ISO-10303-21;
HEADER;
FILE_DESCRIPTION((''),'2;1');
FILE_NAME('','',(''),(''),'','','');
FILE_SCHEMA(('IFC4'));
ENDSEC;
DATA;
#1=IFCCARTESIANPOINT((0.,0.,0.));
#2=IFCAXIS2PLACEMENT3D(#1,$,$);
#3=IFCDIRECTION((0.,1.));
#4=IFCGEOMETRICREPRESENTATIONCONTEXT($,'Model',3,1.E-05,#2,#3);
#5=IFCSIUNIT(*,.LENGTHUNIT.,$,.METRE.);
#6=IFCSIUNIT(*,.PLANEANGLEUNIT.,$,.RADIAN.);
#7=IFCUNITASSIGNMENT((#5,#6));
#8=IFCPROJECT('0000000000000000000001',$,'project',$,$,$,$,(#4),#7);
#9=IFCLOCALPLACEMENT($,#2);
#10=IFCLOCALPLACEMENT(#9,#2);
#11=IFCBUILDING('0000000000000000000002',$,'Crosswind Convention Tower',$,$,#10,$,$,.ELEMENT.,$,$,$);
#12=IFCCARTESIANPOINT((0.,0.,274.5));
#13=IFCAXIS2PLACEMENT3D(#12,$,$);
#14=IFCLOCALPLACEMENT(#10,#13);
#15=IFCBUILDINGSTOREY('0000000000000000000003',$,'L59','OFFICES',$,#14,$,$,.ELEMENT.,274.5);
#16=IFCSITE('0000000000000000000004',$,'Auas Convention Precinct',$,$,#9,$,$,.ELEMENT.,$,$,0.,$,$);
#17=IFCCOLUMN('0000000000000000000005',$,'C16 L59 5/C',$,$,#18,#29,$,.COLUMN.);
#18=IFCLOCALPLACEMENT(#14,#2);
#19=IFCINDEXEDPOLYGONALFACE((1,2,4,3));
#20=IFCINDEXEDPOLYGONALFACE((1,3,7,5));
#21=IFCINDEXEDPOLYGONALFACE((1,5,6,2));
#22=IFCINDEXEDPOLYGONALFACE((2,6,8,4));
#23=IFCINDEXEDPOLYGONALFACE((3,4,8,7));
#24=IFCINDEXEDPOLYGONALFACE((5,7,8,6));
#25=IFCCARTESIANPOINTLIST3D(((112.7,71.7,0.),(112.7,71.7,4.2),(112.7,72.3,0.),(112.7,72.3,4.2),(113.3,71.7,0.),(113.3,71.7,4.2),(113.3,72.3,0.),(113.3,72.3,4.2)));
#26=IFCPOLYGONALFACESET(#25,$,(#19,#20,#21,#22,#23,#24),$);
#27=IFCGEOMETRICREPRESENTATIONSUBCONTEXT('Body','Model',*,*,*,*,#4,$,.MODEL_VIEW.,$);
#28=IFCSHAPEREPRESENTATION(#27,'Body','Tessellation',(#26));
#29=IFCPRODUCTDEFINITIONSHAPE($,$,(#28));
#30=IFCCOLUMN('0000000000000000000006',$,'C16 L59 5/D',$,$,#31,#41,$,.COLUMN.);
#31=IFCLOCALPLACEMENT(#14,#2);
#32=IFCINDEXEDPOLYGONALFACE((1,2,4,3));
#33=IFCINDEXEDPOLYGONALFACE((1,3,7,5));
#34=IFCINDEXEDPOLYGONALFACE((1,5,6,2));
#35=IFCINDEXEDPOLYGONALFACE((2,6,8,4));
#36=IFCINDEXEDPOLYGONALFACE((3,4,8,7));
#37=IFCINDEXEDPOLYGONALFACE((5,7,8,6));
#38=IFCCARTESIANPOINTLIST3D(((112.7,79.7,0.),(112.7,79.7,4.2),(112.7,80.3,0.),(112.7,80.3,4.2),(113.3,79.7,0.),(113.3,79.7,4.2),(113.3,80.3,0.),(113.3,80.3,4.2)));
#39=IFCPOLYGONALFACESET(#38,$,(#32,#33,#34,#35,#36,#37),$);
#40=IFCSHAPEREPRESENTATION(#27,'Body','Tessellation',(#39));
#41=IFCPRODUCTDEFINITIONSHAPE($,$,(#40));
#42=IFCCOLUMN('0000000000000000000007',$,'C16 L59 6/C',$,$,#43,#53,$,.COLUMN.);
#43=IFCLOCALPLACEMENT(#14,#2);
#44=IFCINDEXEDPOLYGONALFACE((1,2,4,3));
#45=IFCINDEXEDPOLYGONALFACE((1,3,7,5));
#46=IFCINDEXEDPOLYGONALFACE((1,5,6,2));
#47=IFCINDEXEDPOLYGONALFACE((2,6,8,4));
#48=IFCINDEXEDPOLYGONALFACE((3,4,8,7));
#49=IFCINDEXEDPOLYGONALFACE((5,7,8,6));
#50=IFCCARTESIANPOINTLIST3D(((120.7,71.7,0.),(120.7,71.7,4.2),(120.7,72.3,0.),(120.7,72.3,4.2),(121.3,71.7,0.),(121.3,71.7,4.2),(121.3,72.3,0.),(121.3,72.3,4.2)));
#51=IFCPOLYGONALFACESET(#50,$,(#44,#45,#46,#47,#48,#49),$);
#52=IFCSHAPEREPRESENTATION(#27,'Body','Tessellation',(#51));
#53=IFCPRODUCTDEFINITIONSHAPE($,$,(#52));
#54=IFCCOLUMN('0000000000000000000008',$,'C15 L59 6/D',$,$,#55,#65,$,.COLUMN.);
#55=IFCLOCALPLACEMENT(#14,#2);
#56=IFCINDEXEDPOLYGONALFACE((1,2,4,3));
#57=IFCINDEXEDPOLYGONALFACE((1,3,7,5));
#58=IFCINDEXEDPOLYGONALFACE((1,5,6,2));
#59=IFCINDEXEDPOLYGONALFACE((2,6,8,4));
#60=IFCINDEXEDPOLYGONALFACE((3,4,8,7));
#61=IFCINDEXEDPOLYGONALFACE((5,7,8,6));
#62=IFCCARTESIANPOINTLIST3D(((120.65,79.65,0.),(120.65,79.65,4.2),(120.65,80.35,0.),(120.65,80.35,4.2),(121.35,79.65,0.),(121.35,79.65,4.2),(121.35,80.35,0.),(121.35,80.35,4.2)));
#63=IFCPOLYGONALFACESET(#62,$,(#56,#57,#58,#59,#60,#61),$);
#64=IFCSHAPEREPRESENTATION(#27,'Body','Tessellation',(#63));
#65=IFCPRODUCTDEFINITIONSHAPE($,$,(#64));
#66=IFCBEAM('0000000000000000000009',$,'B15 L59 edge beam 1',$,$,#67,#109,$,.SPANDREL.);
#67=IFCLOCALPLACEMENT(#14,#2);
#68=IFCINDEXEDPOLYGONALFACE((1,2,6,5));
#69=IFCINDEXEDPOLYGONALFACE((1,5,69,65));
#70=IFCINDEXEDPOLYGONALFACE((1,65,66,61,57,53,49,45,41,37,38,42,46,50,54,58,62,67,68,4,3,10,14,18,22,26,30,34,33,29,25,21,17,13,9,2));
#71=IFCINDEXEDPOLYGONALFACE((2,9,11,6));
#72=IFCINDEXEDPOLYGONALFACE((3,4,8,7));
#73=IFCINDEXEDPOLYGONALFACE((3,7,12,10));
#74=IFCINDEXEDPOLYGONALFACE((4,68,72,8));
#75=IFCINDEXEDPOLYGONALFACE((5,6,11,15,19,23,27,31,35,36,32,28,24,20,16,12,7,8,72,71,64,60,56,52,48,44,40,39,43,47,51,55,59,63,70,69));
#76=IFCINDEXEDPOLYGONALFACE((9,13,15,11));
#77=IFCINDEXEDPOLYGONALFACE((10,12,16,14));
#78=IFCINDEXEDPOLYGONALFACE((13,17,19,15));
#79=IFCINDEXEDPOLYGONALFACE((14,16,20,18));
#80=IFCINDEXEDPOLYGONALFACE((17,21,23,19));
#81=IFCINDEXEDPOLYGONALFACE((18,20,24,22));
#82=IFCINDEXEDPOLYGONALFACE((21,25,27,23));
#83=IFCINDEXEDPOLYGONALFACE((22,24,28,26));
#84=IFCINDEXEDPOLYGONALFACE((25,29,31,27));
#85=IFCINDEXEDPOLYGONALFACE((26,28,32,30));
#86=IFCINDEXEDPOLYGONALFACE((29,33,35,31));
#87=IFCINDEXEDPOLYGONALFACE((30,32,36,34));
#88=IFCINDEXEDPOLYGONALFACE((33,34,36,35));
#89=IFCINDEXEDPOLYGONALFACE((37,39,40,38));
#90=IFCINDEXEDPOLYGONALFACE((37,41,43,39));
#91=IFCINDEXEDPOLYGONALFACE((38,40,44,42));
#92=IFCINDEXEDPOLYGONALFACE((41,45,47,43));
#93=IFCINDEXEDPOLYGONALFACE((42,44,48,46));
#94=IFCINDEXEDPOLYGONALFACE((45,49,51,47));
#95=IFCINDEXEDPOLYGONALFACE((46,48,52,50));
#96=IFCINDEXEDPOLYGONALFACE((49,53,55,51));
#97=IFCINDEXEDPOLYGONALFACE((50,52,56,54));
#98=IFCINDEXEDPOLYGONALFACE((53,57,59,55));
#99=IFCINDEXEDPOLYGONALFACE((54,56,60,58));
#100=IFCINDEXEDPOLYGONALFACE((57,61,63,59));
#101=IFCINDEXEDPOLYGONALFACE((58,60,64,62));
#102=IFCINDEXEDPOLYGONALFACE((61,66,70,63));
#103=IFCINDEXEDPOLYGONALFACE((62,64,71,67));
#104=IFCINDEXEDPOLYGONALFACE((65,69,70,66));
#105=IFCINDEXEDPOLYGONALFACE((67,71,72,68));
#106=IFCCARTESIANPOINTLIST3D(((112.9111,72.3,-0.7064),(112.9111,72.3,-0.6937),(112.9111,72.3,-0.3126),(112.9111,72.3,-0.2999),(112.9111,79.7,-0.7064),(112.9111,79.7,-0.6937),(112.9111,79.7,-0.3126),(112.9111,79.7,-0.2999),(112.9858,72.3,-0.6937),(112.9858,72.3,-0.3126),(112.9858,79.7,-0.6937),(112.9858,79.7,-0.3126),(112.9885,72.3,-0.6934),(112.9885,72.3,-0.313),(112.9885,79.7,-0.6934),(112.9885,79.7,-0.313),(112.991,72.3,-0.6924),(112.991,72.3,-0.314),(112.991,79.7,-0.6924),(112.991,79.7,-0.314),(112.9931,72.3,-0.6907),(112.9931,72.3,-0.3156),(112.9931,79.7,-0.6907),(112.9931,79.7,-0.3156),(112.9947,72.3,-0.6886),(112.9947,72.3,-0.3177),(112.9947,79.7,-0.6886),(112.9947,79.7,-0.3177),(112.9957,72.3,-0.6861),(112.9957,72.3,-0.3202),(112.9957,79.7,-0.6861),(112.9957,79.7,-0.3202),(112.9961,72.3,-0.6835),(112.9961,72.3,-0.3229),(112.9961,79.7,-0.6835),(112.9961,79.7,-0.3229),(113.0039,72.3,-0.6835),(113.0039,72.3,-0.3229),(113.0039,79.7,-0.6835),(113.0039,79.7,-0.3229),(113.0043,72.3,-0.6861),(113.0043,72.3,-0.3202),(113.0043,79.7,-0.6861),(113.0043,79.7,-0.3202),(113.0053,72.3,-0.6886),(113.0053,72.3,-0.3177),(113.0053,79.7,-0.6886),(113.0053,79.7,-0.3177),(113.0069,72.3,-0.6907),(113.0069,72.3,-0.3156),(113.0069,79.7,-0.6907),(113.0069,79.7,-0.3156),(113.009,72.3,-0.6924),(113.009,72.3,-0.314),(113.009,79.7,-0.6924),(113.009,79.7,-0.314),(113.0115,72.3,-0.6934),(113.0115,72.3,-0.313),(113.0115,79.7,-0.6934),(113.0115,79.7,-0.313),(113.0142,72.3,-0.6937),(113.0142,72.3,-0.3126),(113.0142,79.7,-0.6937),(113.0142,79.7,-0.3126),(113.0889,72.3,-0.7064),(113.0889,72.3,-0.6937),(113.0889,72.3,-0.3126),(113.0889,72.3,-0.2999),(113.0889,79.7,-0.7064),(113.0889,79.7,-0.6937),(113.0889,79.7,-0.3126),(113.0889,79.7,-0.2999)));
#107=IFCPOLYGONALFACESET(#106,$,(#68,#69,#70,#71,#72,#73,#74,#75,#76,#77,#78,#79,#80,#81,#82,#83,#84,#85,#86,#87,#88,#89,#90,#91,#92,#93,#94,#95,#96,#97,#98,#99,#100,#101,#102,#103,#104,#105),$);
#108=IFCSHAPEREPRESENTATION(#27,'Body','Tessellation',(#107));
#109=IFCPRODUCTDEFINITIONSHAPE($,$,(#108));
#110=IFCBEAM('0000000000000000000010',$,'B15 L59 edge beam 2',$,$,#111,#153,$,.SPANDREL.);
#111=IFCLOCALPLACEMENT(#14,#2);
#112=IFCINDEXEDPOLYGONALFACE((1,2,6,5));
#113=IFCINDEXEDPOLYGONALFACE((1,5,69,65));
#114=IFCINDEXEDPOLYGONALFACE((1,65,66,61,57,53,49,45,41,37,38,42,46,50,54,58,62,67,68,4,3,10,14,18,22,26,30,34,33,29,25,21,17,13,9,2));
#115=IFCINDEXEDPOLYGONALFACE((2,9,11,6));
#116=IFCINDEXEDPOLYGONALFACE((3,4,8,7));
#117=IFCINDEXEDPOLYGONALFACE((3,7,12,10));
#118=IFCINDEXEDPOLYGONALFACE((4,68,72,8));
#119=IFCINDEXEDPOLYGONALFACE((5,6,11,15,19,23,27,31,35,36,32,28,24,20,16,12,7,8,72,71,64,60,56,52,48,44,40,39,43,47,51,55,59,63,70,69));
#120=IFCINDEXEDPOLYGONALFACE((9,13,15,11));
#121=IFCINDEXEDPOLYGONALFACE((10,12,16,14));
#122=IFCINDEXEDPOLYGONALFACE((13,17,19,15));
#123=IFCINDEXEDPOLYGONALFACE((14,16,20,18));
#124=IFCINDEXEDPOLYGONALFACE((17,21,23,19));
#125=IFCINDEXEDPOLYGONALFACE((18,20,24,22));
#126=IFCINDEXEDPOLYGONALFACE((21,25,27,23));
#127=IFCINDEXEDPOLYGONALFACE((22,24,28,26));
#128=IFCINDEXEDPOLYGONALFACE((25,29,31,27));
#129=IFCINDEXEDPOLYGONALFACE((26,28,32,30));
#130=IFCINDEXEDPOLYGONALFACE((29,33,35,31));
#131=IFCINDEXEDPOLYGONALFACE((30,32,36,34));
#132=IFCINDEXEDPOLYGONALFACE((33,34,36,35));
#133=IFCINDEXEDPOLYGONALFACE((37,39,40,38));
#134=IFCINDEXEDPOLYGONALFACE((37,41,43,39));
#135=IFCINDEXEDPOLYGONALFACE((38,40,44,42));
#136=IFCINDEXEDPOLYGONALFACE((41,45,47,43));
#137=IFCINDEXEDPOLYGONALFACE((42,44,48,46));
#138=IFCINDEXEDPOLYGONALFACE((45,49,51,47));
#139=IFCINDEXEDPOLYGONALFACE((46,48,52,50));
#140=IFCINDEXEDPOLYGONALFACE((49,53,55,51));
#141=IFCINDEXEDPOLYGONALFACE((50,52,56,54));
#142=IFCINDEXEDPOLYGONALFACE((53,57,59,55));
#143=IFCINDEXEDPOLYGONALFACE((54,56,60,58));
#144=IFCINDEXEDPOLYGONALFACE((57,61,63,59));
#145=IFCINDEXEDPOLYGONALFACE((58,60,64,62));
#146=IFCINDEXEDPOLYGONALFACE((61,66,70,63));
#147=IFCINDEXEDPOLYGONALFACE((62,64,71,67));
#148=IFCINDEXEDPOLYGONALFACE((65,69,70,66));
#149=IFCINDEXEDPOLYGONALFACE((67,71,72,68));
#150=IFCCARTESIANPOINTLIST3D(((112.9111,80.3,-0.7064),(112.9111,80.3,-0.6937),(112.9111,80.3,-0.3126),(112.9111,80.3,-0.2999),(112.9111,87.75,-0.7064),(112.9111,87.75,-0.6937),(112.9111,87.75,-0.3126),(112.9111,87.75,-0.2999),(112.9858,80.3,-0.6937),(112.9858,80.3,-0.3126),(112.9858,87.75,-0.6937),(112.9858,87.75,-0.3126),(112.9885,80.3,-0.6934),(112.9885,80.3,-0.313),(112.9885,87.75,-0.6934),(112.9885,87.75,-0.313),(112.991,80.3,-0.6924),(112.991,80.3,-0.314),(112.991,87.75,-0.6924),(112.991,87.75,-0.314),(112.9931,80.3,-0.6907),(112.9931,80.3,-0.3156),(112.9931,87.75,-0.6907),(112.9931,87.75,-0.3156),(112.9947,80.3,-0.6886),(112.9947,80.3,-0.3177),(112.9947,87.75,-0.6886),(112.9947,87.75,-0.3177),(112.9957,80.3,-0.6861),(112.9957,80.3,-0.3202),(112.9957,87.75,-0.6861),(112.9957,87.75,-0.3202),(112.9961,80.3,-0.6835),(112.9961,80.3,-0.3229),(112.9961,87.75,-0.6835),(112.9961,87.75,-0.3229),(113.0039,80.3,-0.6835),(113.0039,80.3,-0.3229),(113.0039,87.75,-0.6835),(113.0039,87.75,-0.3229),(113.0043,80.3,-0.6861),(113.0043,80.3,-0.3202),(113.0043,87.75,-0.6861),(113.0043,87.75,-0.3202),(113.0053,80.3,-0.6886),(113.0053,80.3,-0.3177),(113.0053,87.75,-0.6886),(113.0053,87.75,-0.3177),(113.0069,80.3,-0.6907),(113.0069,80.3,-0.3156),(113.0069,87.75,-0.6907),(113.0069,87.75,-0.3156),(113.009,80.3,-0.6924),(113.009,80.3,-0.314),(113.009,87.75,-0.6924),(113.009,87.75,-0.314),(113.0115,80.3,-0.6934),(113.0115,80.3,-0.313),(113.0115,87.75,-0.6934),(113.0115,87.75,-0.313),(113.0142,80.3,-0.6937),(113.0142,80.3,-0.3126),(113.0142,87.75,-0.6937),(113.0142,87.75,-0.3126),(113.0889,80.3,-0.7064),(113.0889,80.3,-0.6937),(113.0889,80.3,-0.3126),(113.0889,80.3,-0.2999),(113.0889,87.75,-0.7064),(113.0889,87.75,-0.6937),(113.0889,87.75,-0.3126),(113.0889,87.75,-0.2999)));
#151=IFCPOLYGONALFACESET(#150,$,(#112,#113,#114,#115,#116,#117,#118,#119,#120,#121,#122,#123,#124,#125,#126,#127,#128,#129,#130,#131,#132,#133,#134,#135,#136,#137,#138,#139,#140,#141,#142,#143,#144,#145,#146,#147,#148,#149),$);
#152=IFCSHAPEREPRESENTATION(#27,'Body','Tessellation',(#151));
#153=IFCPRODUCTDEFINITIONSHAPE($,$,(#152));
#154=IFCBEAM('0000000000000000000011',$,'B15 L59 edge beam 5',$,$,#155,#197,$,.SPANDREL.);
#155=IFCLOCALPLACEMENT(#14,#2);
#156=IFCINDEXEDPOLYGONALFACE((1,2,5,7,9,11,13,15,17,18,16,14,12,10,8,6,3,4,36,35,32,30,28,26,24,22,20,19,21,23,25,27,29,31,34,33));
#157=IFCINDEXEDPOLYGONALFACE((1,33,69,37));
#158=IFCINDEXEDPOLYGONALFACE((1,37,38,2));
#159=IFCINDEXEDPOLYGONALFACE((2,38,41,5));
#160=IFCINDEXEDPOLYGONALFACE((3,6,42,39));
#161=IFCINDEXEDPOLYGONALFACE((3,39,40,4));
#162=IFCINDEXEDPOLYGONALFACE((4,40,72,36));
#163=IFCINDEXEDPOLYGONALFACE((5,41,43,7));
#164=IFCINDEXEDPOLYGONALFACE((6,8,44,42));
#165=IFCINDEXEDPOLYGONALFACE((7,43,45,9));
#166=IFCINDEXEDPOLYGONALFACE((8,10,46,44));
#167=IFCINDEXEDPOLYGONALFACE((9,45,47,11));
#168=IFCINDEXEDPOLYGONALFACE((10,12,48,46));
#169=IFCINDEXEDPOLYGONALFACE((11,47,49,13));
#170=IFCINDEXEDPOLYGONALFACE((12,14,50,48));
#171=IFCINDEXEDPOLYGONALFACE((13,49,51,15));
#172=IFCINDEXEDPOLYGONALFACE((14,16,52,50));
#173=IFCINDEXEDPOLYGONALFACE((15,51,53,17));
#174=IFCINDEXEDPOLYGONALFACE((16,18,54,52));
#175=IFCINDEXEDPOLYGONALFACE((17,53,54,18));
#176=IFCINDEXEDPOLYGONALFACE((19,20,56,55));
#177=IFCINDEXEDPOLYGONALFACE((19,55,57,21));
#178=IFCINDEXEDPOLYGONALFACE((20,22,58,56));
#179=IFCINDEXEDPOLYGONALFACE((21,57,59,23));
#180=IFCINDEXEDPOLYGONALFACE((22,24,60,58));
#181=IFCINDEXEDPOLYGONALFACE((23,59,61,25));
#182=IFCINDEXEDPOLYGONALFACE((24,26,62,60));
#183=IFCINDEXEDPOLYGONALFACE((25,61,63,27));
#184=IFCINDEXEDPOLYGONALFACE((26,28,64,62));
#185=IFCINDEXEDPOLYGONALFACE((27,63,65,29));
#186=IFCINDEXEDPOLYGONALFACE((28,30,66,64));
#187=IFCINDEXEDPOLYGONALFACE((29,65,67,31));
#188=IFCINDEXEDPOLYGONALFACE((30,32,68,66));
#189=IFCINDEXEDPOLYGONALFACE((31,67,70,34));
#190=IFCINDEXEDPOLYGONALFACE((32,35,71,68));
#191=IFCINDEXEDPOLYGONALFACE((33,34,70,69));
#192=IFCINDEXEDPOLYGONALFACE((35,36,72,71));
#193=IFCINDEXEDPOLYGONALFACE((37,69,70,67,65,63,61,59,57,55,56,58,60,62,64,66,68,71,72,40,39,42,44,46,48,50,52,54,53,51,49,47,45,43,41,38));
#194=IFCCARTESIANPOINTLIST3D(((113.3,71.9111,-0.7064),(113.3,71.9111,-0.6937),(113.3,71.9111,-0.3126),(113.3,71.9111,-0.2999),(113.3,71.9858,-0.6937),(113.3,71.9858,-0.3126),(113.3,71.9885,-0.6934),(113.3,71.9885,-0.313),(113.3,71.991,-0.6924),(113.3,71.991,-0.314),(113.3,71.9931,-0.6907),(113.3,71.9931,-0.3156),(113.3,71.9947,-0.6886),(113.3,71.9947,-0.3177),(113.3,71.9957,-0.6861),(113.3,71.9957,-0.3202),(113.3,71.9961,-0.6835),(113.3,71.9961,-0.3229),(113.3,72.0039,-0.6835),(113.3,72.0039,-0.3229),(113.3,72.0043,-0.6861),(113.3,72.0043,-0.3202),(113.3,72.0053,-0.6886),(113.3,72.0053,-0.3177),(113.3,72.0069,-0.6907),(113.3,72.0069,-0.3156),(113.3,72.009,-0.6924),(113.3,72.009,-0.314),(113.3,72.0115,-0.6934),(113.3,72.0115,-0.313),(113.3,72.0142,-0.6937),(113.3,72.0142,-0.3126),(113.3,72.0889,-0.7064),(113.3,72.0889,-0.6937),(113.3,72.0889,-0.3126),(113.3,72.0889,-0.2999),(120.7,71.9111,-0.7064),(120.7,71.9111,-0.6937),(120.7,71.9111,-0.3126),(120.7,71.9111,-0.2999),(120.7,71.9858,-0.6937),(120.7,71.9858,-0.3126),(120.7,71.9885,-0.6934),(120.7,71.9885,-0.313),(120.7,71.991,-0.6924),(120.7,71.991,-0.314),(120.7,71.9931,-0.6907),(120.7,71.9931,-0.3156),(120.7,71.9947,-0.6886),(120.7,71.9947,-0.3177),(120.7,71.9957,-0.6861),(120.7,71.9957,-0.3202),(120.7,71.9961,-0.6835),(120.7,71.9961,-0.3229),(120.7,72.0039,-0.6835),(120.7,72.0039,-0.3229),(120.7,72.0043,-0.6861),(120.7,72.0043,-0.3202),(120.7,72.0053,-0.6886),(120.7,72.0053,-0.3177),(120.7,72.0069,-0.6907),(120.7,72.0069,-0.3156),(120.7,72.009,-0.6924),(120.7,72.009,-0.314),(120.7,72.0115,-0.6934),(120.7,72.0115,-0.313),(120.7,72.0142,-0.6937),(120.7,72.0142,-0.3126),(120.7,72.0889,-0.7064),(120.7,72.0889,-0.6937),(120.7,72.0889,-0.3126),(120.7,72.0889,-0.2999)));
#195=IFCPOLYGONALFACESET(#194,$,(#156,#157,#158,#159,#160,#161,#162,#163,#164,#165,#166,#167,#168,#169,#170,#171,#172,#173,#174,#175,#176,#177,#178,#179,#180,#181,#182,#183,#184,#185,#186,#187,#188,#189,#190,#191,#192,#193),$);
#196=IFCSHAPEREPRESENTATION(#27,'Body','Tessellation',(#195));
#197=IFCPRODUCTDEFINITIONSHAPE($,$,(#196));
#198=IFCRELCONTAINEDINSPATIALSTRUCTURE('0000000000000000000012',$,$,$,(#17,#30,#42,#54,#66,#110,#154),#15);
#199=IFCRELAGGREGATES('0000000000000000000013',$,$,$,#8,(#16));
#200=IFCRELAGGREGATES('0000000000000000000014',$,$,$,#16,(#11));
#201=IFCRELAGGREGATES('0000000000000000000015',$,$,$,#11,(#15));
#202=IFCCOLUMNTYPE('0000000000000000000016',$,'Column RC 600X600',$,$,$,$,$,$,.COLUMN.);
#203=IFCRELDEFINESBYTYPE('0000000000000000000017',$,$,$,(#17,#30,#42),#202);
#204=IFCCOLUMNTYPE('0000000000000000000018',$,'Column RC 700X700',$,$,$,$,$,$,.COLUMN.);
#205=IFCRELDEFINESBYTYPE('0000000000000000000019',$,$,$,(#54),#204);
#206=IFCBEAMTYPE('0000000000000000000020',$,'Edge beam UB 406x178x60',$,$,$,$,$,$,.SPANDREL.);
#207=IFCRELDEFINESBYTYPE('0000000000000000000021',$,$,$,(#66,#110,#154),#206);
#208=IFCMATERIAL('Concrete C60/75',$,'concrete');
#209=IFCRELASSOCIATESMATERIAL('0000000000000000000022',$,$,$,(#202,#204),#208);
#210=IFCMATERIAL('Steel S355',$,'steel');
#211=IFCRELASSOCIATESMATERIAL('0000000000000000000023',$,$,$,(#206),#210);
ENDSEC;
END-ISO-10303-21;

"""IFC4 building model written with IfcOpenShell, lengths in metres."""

from ifc_helpers import new_model, si_unit, direction, frame, origin, origin_2d, place, context, subcontext, project, spatial, rectangle, i_section, extrude, material, material_profile, profile_set, type_object, element, save


model = new_model("IFC4")

# Units and contexts
model_context = context("Model", 3, precision=1e-05, world=origin(), true_north=direction((0.0, 1.0)))
body_context = subcontext(model_context, "Body", "Model", "MODEL_VIEW")
ifc_project = project(units=[si_unit("LENGTHUNIT", "METRE"), si_unit("PLANEANGLEUNIT", "RADIAN")], contexts=[model_context])

# Site, building, storey
site_placement = place(None, origin())
site = spatial("IfcSite", under=ifc_project, at=site_placement, Name="Auas Convention Precinct", CompositionType="ELEMENT", RefElevation=0.0)
building_placement = place(site_placement, origin())
building = spatial("IfcBuilding", under=site, at=building_placement, Name="Crosswind Convention Tower", CompositionType="ELEMENT")
storey_placement = place(building_placement, frame((0.0, 0.0, 274.5)))
storey = spatial("IfcBuildingStorey", under=building, at=storey_placement, Name="L59", Description="OFFICES", CompositionType="ELEMENT", Elevation=274.5)

# Columns
ifc_material_1 = material(Name="Concrete C60/75", Category="concrete")
ifc_material_profile_1 = material_profile(ifc_material_1, rectangle(XDim=0.6001, YDim=0.6001, at=origin_2d()), Name="RC 600X600")
ifc_profile_set_1 = profile_set([ifc_material_profile_1], Name="Concrete C60/75")
column_type_1 = type_object("IfcColumnType", Name="Column RC 600X600", PredefinedType="COLUMN", material=ifc_profile_set_1)
for number, where, z_axis, x_axis, name in (
    (1, (113.0, 72.0, 0.0), (0.0, 0.0, 1.0), (1.0, 0.0, 0.0), "C16 L59 5/C"),
    (2, (113.0, 80.0, 0.0), (0.0, 0.0, 1.0), (1.0, 0.0, 0.0), "C16 L59 5/D"),
    (3, (121.0, 72.0, 0.0), (0.0, 0.0, 1.0), (1.0, 0.0, 0.0), "C16 L59 6/C"),
):
    element("IfcColumn", number, at=place(storey_placement, frame(where, z_axis=z_axis, x_axis=x_axis)), inside=storey, type_object=column_type_1, Name=name, PredefinedType="COLUMN", context=body_context, shape_type="SweptSolid", body=[
        extrude(rectangle(XDim=0.6001, YDim=0.6001, at=origin_2d()), origin(), (0.0, 0.0, 1.0), 4.2),
    ])
ifc_material_profile_2 = material_profile(ifc_material_1, rectangle(XDim=0.7, YDim=0.7, at=origin_2d()), Name="RC 700X700")
ifc_profile_set_2 = profile_set([ifc_material_profile_2], Name="Concrete C60/75")
column_type_2 = type_object("IfcColumnType", Name="Column RC 700X700", PredefinedType="COLUMN", material=ifc_profile_set_2)
column_placement = place(storey_placement, frame((121.0, 80.0, 0.0), z_axis=(0.0, 0.0, 1.0), x_axis=(1.0, 0.0, 0.0)))
element("IfcColumn", 4, at=column_placement, inside=storey, type_object=column_type_2, Name="C15 L59 6/D", PredefinedType="COLUMN", context=body_context, shape_type="SweptSolid", body=[
    extrude(rectangle(XDim=0.7, YDim=0.7, at=origin_2d()), origin(), (0.0, 0.0, 1.0), 4.2),
])

# Beams
ifc_material_2 = material(Name="Steel S355", Category="steel")
ifc_material_profile_3 = material_profile(ifc_material_2, i_section(OverallWidth=0.1777, OverallDepth=0.4065, WebThickness=0.0078, FlangeThickness=0.0127, FilletRadius=0.0103, at=origin_2d()), Name="UB 406x178x60")
ifc_profile_set_3 = profile_set([ifc_material_profile_3], Name="Steel S355")
beam_type_1 = type_object("IfcBeamType", Name="Edge beam UB 406x178x60", PredefinedType="SPANDREL", material=ifc_profile_set_3)
beam_1_placement = place(storey_placement, frame((113.0, 72.3, -0.5032), z_axis=(0.0, 1.0, 0.0), x_axis=(-1.0, 0.0, 0.0)))
element("IfcBeam", 5, at=beam_1_placement, inside=storey, type_object=beam_type_1, Name="B15 L59 edge beam 1", PredefinedType="SPANDREL", context=body_context, shape_type="SweptSolid", body=[
    extrude(i_section(OverallWidth=0.1777, OverallDepth=0.4065, WebThickness=0.0078, FlangeThickness=0.0127, FilletRadius=0.0103, at=origin_2d()), origin(), (0.0, 0.0, 1.0), 7.3999),
])
beam_2_placement = place(storey_placement, frame((113.0, 80.3, -0.5032), z_axis=(0.0, 1.0, 0.0), x_axis=(-1.0, 0.0, 0.0)))
element("IfcBeam", 6, at=beam_2_placement, inside=storey, type_object=beam_type_1, Name="B15 L59 edge beam 2", PredefinedType="SPANDREL", context=body_context, shape_type="SweptSolid", body=[
    extrude(i_section(OverallWidth=0.1777, OverallDepth=0.4065, WebThickness=0.0078, FlangeThickness=0.0127, FilletRadius=0.0103, at=origin_2d()), origin(), (0.0, 0.0, 1.0), 7.45),
])
beam_3_placement = place(storey_placement, frame((113.3, 72.0, -0.5032), z_axis=(1.0, 0.0, 0.0), x_axis=(0.0, 1.0, 0.0)))
element("IfcBeam", 7, at=beam_3_placement, inside=storey, type_object=beam_type_1, Name="B15 L59 edge beam 5", PredefinedType="SPANDREL", context=body_context, shape_type="SweptSolid", body=[
    extrude(i_section(OverallWidth=0.1777, OverallDepth=0.4065, WebThickness=0.0078, FlangeThickness=0.0127, FilletRadius=0.0103, at=origin_2d()), origin(), (0.0, 0.0, 1.0), 7.3999),
])

save(model, "model.ifc")
